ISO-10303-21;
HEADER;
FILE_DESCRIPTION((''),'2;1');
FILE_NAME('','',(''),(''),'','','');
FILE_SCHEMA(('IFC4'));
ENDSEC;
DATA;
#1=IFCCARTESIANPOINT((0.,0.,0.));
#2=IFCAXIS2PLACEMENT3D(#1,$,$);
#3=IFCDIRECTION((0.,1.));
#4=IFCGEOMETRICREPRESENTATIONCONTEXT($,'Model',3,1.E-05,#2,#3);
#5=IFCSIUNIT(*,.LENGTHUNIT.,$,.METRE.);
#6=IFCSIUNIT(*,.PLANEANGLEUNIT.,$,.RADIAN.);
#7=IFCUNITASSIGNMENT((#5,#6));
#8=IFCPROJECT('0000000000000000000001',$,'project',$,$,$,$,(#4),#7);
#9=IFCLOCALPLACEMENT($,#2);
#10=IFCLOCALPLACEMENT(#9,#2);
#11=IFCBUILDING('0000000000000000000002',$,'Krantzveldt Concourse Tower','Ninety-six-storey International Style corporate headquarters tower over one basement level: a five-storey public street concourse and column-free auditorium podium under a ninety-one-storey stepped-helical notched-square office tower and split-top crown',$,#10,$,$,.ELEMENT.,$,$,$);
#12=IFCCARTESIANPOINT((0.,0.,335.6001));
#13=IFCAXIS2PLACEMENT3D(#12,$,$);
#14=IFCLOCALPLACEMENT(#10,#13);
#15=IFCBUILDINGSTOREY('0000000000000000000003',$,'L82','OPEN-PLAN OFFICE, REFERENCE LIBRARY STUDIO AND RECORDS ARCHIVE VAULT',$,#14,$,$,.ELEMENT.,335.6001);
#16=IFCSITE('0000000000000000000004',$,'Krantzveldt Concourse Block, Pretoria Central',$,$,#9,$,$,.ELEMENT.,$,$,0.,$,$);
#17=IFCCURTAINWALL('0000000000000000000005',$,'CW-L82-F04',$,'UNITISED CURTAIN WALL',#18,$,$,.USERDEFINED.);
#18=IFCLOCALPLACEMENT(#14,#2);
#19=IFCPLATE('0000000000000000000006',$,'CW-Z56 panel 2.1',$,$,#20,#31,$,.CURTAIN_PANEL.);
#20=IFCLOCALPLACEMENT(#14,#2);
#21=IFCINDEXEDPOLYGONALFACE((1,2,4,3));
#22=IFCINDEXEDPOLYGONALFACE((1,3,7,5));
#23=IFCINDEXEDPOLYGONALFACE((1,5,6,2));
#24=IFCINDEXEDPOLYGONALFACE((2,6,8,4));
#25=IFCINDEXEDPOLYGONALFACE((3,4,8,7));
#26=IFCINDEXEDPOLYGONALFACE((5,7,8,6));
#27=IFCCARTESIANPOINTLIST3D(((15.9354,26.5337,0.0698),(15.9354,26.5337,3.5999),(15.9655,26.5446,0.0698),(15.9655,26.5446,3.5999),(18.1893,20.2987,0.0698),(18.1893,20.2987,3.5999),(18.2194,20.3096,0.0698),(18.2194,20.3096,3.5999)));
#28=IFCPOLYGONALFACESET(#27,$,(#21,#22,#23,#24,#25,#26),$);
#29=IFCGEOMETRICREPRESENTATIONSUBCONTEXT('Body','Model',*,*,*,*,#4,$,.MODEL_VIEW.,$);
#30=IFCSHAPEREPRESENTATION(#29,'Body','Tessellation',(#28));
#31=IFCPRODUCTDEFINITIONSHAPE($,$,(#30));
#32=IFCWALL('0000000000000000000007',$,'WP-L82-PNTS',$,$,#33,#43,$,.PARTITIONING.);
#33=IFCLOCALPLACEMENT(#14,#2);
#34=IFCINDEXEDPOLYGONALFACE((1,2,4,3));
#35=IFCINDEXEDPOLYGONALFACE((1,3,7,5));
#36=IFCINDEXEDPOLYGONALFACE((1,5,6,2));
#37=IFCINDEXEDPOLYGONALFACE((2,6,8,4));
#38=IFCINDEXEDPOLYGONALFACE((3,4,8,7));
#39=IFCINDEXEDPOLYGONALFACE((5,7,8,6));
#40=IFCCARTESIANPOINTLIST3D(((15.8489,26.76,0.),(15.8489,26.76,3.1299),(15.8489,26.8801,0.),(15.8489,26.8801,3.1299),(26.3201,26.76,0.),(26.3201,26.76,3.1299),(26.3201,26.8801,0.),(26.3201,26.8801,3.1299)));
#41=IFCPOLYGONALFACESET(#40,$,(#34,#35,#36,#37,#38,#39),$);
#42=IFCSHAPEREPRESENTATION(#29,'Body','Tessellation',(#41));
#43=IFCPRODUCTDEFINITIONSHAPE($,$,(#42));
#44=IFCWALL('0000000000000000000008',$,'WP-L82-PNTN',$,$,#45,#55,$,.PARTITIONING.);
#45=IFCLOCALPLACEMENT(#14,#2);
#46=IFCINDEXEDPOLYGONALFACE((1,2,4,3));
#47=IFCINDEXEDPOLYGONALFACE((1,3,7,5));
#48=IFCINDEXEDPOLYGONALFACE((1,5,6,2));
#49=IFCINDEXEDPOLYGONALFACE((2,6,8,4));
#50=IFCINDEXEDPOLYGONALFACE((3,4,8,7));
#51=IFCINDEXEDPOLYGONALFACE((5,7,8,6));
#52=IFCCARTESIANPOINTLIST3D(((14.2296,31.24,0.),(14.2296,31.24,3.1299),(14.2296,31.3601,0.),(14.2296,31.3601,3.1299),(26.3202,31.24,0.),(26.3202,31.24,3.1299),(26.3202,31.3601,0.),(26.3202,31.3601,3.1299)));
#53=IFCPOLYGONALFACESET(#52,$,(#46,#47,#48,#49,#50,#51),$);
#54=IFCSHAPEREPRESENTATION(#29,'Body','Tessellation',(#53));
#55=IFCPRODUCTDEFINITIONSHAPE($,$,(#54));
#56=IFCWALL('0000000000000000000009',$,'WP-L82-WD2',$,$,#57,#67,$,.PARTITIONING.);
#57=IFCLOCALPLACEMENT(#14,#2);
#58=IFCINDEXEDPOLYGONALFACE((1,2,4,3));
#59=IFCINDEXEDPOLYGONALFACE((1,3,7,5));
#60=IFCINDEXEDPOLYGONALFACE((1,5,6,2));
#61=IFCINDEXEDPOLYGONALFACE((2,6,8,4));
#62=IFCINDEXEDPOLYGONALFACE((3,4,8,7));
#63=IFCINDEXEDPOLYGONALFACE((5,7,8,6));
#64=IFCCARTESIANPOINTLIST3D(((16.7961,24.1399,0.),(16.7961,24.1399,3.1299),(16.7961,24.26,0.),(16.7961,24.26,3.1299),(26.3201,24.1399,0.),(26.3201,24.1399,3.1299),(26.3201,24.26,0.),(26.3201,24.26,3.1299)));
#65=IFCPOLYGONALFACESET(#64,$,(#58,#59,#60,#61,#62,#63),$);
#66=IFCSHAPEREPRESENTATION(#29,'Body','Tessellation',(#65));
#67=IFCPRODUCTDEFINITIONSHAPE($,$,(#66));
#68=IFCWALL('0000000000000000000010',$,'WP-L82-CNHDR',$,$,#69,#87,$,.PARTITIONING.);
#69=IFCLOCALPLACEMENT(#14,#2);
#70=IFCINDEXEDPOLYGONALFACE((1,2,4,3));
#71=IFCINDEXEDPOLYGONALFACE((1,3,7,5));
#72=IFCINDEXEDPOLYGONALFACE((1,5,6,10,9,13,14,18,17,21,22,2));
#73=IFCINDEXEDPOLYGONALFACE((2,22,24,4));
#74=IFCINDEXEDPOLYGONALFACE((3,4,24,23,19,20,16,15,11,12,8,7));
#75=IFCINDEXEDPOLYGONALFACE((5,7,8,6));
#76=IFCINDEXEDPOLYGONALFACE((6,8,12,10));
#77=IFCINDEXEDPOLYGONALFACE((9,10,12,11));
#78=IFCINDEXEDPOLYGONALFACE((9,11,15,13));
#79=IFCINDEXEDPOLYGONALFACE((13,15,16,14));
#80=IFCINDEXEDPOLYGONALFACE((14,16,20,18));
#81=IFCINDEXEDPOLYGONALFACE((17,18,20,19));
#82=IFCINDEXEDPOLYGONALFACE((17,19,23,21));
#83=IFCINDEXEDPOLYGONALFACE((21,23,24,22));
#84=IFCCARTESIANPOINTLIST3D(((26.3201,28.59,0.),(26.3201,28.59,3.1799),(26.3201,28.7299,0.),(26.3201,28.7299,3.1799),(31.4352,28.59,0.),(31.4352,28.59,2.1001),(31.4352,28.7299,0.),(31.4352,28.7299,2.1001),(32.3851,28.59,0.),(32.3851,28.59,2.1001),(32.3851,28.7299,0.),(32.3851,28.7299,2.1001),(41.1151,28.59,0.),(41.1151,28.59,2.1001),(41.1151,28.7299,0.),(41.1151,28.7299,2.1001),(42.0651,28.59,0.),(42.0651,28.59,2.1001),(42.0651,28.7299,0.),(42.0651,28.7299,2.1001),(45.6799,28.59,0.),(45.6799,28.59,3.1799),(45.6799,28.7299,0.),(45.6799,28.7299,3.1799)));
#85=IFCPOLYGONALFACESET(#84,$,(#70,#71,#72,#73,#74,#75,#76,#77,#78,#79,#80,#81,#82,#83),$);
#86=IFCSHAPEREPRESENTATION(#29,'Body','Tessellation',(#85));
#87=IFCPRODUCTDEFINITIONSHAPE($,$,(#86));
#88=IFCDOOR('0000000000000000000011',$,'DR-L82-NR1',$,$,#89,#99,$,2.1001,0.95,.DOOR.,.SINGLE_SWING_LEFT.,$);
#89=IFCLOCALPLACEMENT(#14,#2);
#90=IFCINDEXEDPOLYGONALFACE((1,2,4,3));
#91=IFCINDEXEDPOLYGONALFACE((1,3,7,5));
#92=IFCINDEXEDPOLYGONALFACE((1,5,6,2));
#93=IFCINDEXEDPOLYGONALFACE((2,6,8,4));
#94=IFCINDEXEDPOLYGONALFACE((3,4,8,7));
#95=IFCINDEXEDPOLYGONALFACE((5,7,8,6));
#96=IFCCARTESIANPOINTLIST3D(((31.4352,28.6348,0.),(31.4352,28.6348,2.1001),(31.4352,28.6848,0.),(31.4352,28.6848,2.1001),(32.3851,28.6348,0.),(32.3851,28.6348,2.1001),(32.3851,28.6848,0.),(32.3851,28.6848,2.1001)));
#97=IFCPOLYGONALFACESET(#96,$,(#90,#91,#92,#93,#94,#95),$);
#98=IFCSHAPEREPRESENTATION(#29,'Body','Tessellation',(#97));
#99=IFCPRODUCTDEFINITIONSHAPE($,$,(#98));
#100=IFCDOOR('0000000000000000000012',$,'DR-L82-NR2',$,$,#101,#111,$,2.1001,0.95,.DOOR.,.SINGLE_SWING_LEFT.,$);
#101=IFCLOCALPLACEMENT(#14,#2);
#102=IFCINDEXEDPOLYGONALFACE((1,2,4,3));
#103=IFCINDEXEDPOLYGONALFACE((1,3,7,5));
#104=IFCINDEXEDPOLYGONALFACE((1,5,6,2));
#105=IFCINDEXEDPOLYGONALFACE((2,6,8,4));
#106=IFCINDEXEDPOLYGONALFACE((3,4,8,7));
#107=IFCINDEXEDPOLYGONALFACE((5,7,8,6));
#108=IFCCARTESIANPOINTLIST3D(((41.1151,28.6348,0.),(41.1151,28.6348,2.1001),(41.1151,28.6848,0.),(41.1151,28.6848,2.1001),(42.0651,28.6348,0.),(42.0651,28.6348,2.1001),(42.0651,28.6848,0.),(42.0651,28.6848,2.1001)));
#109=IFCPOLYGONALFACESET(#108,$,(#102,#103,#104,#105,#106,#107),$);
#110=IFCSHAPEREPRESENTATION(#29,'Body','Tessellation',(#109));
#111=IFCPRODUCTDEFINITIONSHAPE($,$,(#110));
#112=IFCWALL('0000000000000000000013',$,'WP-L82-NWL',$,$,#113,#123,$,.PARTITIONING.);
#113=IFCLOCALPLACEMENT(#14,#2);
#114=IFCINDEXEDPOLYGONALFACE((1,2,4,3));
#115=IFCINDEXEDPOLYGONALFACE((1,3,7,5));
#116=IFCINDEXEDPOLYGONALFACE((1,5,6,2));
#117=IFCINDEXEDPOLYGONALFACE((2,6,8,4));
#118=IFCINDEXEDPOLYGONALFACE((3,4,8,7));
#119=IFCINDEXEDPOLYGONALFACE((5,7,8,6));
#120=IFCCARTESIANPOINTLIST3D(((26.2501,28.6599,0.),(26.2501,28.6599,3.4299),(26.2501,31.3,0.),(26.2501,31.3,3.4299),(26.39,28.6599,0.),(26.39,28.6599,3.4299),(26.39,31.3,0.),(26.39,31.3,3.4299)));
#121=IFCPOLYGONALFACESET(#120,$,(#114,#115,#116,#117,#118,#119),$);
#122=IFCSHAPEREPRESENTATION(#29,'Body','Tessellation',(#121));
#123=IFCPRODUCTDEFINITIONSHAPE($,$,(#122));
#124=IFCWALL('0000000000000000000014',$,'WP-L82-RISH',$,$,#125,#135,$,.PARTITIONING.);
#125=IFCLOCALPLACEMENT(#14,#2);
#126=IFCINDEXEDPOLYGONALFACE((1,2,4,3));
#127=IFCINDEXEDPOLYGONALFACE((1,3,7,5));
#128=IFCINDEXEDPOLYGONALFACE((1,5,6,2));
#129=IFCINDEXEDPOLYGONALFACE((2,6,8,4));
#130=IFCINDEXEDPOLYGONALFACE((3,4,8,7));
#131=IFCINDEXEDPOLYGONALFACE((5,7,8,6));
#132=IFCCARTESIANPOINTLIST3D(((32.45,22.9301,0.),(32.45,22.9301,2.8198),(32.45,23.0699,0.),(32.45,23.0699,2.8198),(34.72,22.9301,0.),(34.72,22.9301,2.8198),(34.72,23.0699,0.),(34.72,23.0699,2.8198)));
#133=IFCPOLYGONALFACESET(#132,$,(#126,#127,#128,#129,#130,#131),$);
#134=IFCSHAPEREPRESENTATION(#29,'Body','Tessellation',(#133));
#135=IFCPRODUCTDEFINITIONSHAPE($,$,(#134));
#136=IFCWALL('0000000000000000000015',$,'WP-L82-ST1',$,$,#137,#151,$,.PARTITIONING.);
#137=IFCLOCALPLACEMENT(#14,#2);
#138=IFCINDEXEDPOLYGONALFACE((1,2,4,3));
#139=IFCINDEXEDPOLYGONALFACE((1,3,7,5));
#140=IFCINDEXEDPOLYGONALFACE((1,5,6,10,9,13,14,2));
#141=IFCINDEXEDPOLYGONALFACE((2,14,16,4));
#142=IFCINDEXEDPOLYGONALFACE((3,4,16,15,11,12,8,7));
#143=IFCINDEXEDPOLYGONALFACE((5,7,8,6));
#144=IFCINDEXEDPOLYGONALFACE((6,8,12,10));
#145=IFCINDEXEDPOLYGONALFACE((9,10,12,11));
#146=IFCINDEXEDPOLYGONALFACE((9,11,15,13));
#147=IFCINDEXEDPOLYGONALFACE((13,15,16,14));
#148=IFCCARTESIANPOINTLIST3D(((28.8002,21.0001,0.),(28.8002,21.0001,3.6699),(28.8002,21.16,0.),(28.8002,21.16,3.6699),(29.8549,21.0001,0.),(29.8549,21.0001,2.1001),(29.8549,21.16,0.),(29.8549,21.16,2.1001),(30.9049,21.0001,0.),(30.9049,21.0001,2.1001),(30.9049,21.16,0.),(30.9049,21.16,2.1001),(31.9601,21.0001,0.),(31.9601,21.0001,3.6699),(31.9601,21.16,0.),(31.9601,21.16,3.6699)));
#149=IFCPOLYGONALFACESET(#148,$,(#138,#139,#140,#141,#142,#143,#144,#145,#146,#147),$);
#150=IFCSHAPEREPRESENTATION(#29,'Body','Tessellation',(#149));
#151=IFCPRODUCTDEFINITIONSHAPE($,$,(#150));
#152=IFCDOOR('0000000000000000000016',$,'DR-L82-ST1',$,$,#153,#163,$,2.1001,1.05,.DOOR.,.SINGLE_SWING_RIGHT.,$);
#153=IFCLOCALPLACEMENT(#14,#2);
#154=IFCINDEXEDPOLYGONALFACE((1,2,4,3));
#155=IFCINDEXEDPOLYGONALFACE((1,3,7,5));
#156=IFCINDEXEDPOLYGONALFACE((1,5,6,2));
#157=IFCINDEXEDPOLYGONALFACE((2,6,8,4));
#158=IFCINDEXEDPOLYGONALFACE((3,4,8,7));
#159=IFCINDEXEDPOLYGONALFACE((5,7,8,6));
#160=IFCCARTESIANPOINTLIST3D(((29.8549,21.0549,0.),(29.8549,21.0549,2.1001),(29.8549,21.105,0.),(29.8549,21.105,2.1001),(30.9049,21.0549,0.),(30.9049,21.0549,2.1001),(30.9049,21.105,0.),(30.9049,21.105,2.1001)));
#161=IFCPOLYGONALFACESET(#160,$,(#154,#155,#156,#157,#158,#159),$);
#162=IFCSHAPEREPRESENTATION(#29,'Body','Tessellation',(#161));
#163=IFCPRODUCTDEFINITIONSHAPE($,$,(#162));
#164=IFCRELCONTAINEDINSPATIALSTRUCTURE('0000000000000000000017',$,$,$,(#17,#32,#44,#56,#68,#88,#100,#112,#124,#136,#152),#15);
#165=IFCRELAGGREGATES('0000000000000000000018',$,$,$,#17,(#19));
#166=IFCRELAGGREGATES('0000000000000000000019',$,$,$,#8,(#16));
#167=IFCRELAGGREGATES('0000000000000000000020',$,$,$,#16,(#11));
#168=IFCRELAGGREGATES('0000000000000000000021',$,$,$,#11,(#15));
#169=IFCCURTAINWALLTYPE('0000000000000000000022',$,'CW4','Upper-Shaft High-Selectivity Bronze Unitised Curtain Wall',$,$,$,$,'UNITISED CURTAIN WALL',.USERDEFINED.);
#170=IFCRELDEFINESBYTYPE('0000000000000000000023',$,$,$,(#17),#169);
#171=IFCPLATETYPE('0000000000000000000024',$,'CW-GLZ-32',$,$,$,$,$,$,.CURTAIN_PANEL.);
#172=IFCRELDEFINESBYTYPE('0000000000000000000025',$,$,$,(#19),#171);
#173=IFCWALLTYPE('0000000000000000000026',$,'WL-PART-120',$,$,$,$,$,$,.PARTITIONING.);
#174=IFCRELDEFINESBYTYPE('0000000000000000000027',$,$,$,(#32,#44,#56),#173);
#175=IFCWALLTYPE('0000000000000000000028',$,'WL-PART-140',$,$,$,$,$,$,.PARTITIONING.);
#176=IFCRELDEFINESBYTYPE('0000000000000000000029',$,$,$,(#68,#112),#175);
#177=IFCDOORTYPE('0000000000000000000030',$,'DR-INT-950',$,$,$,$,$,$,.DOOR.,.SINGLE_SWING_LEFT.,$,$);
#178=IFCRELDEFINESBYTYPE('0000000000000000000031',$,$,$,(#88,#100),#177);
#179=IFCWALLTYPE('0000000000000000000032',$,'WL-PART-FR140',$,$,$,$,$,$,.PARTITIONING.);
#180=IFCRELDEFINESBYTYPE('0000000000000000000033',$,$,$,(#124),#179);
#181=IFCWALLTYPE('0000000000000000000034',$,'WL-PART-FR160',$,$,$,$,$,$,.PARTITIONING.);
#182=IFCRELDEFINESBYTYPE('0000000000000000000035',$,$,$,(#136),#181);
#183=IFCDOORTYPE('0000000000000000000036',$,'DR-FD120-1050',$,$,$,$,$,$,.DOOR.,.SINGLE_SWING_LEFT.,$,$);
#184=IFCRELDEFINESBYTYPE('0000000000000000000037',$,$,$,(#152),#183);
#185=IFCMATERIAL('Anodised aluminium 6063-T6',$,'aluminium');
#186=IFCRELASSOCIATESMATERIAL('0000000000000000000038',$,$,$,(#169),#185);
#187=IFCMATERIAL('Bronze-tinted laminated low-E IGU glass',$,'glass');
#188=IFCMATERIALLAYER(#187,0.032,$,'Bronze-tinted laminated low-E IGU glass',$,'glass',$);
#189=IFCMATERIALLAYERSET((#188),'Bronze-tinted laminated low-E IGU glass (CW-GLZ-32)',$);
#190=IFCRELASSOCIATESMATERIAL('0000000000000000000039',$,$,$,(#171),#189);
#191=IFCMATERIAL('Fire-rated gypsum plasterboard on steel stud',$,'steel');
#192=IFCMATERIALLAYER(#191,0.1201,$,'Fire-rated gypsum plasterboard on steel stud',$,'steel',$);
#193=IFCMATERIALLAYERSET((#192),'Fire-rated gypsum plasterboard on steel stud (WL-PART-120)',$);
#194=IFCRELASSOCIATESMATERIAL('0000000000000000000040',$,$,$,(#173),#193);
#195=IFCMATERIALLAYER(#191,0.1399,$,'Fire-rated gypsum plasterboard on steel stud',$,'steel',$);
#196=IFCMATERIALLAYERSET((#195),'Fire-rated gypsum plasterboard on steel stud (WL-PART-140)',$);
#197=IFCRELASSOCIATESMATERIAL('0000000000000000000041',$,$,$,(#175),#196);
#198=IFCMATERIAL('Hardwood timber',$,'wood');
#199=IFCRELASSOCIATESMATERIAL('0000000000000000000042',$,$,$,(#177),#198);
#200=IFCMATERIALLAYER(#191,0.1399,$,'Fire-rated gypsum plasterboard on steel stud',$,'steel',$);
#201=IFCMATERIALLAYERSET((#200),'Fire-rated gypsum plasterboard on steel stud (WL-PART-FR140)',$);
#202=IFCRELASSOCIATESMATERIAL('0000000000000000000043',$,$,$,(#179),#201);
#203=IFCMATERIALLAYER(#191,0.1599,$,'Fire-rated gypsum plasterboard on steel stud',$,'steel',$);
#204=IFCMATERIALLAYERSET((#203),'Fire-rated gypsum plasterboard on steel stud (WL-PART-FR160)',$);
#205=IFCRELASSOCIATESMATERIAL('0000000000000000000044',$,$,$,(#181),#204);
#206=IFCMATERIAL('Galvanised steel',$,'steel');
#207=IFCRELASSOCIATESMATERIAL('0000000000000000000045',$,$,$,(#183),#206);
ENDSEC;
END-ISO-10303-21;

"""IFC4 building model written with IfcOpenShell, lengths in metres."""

from ifc_helpers import new_model, si_unit, direction, frame, frame_2d, origin, origin_2d, place, context, subcontext, project, spatial, rectangle, extrude, source, transform, mapped, material, layer, layer_set, type_object, element, fill, aggregate, save


model = new_model("IFC4")

# Units and contexts
model_context = context("Model", 3, precision=1e-05, world=origin(), true_north=direction((0.0, 1.0)))
body_context = subcontext(model_context, "Body", "Model", "MODEL_VIEW")
ifc_project = project(units=[si_unit("LENGTHUNIT", "METRE"), si_unit("PLANEANGLEUNIT", "RADIAN")], contexts=[model_context])

# Site, building, storey
site_placement = place(None, origin())
site = spatial("IfcSite", under=ifc_project, at=site_placement, Name="Krantzveldt Concourse Block, Pretoria Central", CompositionType="ELEMENT", RefElevation=0.0)
building_placement = place(site_placement, origin())
building = spatial("IfcBuilding", under=site, at=building_placement, Name="Krantzveldt Concourse Tower", Description="Ninety-six-storey International Style corporate headquarters tower over one basement level: a five-storey public street concourse and column-free auditorium podium under a ninety-one-storey stepped-helical notched-square office tower and split-top crown", CompositionType="ELEMENT")
storey_placement = place(building_placement, frame((0.0, 0.0, 335.6001)))
storey = spatial("IfcBuildingStorey", under=building, at=storey_placement, Name="L82", Description="OPEN-PLAN OFFICE, REFERENCE LIBRARY STUDIO AND RECORDS ARCHIVE VAULT", CompositionType="ELEMENT", Elevation=335.6001)

# Curtain wall, plate
ifc_material_1 = material(Name="Anodised aluminium 6063-T6", Category="aluminium")
curtain_wall_type = type_object("IfcCurtainWallType", Name="CW4", Description="Upper-Shaft High-Selectivity Bronze Unitised Curtain Wall", ElementType="UNITISED CURTAIN WALL", PredefinedType="USERDEFINED", material=ifc_material_1)
curtain_wall_placement = place(storey_placement, origin())
curtain_wall = element("IfcCurtainWall", 1, at=curtain_wall_placement, inside=storey, type_object=curtain_wall_type, Name="CW-L82-F04", ObjectType="UNITISED CURTAIN WALL", PredefinedType="USERDEFINED")
ifc_material_2 = material(Name="Bronze-tinted laminated low-E IGU glass", Category="glass")
ifc_layer_1 = layer(ifc_material_2, 0.032, Name="Bronze-tinted laminated low-E IGU glass", Category="glass")
ifc_layer_set_1 = layer_set([ifc_layer_1], Name="Bronze-tinted laminated low-E IGU glass (CW-GLZ-32)")
plate_type = type_object("IfcPlateType", Name="CW-GLZ-32", PredefinedType="CURTAIN_PANEL", material=ifc_layer_set_1)
shared_shape_1 = source(origin(), body_context, "Body", "SweptSolid", [
    extrude(rectangle(XDim=6.6299, YDim=0.032, at=origin_2d()), origin(), (0.0, 0.0, 1.0), 3.53),
])
plate_1_placement = place(storey_placement, frame((17.0774, 23.4216, 0.0698), z_axis=(0.0, 0.0, 1.0), x_axis=(0.339969, -0.940437, 0.0)))
plate_1 = element("IfcPlate", 2, at=plate_1_placement, type_object=plate_type, Name="CW-Z56 panel 2.1", PredefinedType="CURTAIN_PANEL", context=body_context, shape_type="MappedRepresentation", body=[
    mapped(shared_shape_1, transform((0.0, 0.0, 0.0), x_axis=(1.0, 0.0, 0.0), y_axis=(0.0, 1.0, 0.0), z_axis=(0.0, 0.0, 1.0), scale=1.0)),
])
aggregate(curtain_wall, [plate_1])

# Walls
ifc_material_3 = material(Name="Fire-rated gypsum plasterboard on steel stud", Category="steel")
ifc_layer_2 = layer(ifc_material_3, 0.1201, Name="Fire-rated gypsum plasterboard on steel stud", Category="steel")
ifc_layer_set_2 = layer_set([ifc_layer_2], Name="Fire-rated gypsum plasterboard on steel stud (WL-PART-120)")
wall_type_1 = type_object("IfcWallType", Name="WL-PART-120", PredefinedType="PARTITIONING", material=ifc_layer_set_2)
wall_1_placement = place(storey_placement, frame((15.8489, 26.8201, 0.0), z_axis=(0.0, 0.0, 1.0), x_axis=(1.0, 0.0, 0.0)))
element("IfcWall", 3, at=wall_1_placement, inside=storey, type_object=wall_type_1, Name="WP-L82-PNTS", PredefinedType="PARTITIONING", context=body_context, shape_type="SweptSolid", body=[
    extrude(rectangle(XDim=10.4712, YDim=0.1201, at=frame_2d((5.2356, 0.0))), origin(), (0.0, 0.0, 1.0), 3.1299),
])
wall_2_placement = place(storey_placement, frame((14.2295, 31.3, 0.0), z_axis=(0.0, 0.0, 1.0), x_axis=(1.0, 0.0, 0.0)))
element("IfcWall", 4, at=wall_2_placement, inside=storey, type_object=wall_type_1, Name="WP-L82-PNTN", PredefinedType="PARTITIONING", context=body_context, shape_type="SweptSolid", body=[
    extrude(rectangle(XDim=12.0906, YDim=0.1201, at=frame_2d((6.0454, 0.0))), origin(), (0.0, 0.0, 1.0), 3.1299),
])
wall_3_placement = place(storey_placement, frame((16.7961, 24.2, 0.0), z_axis=(0.0, 0.0, 1.0), x_axis=(1.0, 0.0, 0.0)))
element("IfcWall", 5, at=wall_3_placement, inside=storey, type_object=wall_type_1, Name="WP-L82-WD2", PredefinedType="PARTITIONING", context=body_context, shape_type="SweptSolid", body=[
    extrude(rectangle(XDim=9.5239, YDim=0.1201, at=frame_2d((4.762, 0.0))), origin(), (0.0, 0.0, 1.0), 3.1299),
])

# Wall, openings, doors
ifc_layer_3 = layer(ifc_material_3, 0.1399, Name="Fire-rated gypsum plasterboard on steel stud", Category="steel")
ifc_layer_set_3 = layer_set([ifc_layer_3], Name="Fire-rated gypsum plasterboard on steel stud (WL-PART-140)")
wall_type_2 = type_object("IfcWallType", Name="WL-PART-140", PredefinedType="PARTITIONING", material=ifc_layer_set_3)
wall_4_placement = place(storey_placement, frame((26.3201, 28.6599, 0.0), z_axis=(0.0, 0.0, 1.0), x_axis=(1.0, 0.0, 0.0)))
wall_4 = element("IfcWall", 6, at=wall_4_placement, inside=storey, type_object=wall_type_2, Name="WP-L82-CNHDR", PredefinedType="PARTITIONING", context=body_context, shape_type="SweptSolid", body=[
    extrude(rectangle(XDim=19.3599, YDim=0.1399, at=frame_2d((9.6799, 0.0))), origin(), (0.0, 0.0, 1.0), 3.1799),
])
opening_1_placement = place(wall_4_placement, frame((5.115, 0.0, 0.0)))
opening_1 = element("IfcOpeningElement", 7, at=opening_1_placement, cuts=wall_4, PredefinedType="OPENING", context=body_context, shape_type="SweptSolid", body=[
    extrude(rectangle(XDim=0.95, YDim=2.1001, at=frame_2d((0.4751, 1.05))), frame((0.0, 0.0801, 0.0), z_axis=(0.0, -1.0, 0.0), x_axis=(1.0, 0.0, 0.0)), (0.0, 0.0, 1.0), 0.1599),
])
opening_2_placement = place(wall_4_placement, frame((14.7949, 0.0, 0.0)))
opening_2 = element("IfcOpeningElement", 8, at=opening_2_placement, cuts=wall_4, PredefinedType="OPENING", context=body_context, shape_type="SweptSolid", body=[
    extrude(rectangle(XDim=0.95, YDim=2.1001, at=frame_2d((0.4751, 1.05))), frame((0.0, 0.0801, 0.0), z_axis=(0.0, -1.0, 0.0), x_axis=(1.0, 0.0, 0.0)), (0.0, 0.0, 1.0), 0.1599),
])
ifc_material_4 = material(Name="Hardwood timber", Category="wood")
door_type_1 = type_object("IfcDoorType", Name="DR-INT-950", OperationType="SINGLE_SWING_LEFT", PredefinedType="DOOR", material=ifc_material_4)
door_1_placement = place(opening_1_placement, origin())
door_1 = element("IfcDoor", 9, at=door_1_placement, inside=storey, type_object=door_type_1, Name="DR-L82-NR1", OperationType="SINGLE_SWING_LEFT", OverallHeight=2.1001, OverallWidth=0.95, PredefinedType="DOOR", context=body_context, shape_type="SweptSolid", body=[
    extrude(rectangle(XDim=0.95, YDim=2.1001, at=frame_2d((0.4751, 1.05))), frame((0.0, 0.0249, 0.0), z_axis=(0.0, -1.0, 0.0), x_axis=(1.0, 0.0, 0.0)), (0.0, 0.0, 1.0), 0.05),
])
fill(opening_1, door_1)
door_2_placement = place(opening_2_placement, origin())
door_2 = element("IfcDoor", 10, at=door_2_placement, inside=storey, type_object=door_type_1, Name="DR-L82-NR2", OperationType="SINGLE_SWING_LEFT", OverallHeight=2.1001, OverallWidth=0.95, PredefinedType="DOOR", context=body_context, shape_type="SweptSolid", body=[
    extrude(rectangle(XDim=0.95, YDim=2.1001, at=frame_2d((0.4751, 1.05))), frame((0.0, 0.0249, 0.0), z_axis=(0.0, -1.0, 0.0), x_axis=(1.0, 0.0, 0.0)), (0.0, 0.0, 1.0), 0.05),
])
fill(opening_2, door_2)

# Walls
wall_5_placement = place(storey_placement, frame((26.3201, 28.6599, 0.0), z_axis=(0.0, 0.0, 1.0), x_axis=(0.0, 1.0, 0.0)))
element("IfcWall", 11, at=wall_5_placement, inside=storey, type_object=wall_type_2, Name="WP-L82-NWL", PredefinedType="PARTITIONING", context=body_context, shape_type="SweptSolid", body=[
    extrude(rectangle(XDim=2.6401, YDim=0.1399, at=frame_2d((1.3201, 0.0))), origin(), (0.0, 0.0, 1.0), 3.4299),
])
ifc_layer_4 = layer(ifc_material_3, 0.1399, Name="Fire-rated gypsum plasterboard on steel stud", Category="steel")
ifc_layer_set_4 = layer_set([ifc_layer_4], Name="Fire-rated gypsum plasterboard on steel stud (WL-PART-FR140)")
wall_type_3 = type_object("IfcWallType", Name="WL-PART-FR140", PredefinedType="PARTITIONING", material=ifc_layer_set_4)
wall_6_placement = place(storey_placement, frame((32.45, 23.0, 0.0), z_axis=(0.0, 0.0, 1.0), x_axis=(1.0, 0.0, 0.0)))
element("IfcWall", 12, at=wall_6_placement, inside=storey, type_object=wall_type_3, Name="WP-L82-RISH", PredefinedType="PARTITIONING", context=body_context, shape_type="SweptSolid", body=[
    extrude(rectangle(XDim=2.27, YDim=0.1399, at=frame_2d((1.135, 0.0))), origin(), (0.0, 0.0, 1.0), 2.8198),
])

# Wall, opening, door
ifc_layer_5 = layer(ifc_material_3, 0.1599, Name="Fire-rated gypsum plasterboard on steel stud", Category="steel")
ifc_layer_set_5 = layer_set([ifc_layer_5], Name="Fire-rated gypsum plasterboard on steel stud (WL-PART-FR160)")
wall_type_4 = type_object("IfcWallType", Name="WL-PART-FR160", PredefinedType="PARTITIONING", material=ifc_layer_set_5)
wall_7_placement = place(storey_placement, frame((28.8, 21.0801, 0.0), z_axis=(0.0, 0.0, 1.0), x_axis=(1.0, 0.0, 0.0)))
wall_7 = element("IfcWall", 13, at=wall_7_placement, inside=storey, type_object=wall_type_4, Name="WP-L82-ST1", PredefinedType="PARTITIONING", context=body_context, shape_type="SweptSolid", body=[
    extrude(rectangle(XDim=3.1599, YDim=0.1599, at=frame_2d((1.5801, 0.0))), origin(), (0.0, 0.0, 1.0), 3.6699),
])
opening_3_placement = place(wall_7_placement, frame((1.0549, 0.0, 0.0)))
opening_3 = element("IfcOpeningElement", 14, at=opening_3_placement, cuts=wall_7, PredefinedType="OPENING", context=body_context, shape_type="SweptSolid", body=[
    extrude(rectangle(XDim=1.05, YDim=2.1001, at=frame_2d((0.5249, 1.05))), frame((0.0, 0.0898, 0.0), z_axis=(0.0, -1.0, 0.0), x_axis=(1.0, 0.0, 0.0)), (0.0, 0.0, 1.0), 0.1799),
])
ifc_material_5 = material(Name="Galvanised steel", Category="steel")
door_type_2 = type_object("IfcDoorType", Name="DR-FD120-1050", OperationType="SINGLE_SWING_LEFT", PredefinedType="DOOR", material=ifc_material_5)
door_3_placement = place(opening_3_placement, origin())
door_3 = element("IfcDoor", 15, at=door_3_placement, inside=storey, type_object=door_type_2, Name="DR-L82-ST1", OperationType="SINGLE_SWING_RIGHT", OverallHeight=2.1001, OverallWidth=1.05, PredefinedType="DOOR", context=body_context, shape_type="SweptSolid", body=[
    extrude(rectangle(XDim=1.05, YDim=2.1001, at=frame_2d((0.5249, 1.05))), frame((0.0, 0.0249, 0.0), z_axis=(0.0, -1.0, 0.0), x_axis=(1.0, 0.0, 0.0)), (0.0, 0.0, 1.0), 0.05),
])
fill(opening_3, door_3)

save(model, "model.ifc")
